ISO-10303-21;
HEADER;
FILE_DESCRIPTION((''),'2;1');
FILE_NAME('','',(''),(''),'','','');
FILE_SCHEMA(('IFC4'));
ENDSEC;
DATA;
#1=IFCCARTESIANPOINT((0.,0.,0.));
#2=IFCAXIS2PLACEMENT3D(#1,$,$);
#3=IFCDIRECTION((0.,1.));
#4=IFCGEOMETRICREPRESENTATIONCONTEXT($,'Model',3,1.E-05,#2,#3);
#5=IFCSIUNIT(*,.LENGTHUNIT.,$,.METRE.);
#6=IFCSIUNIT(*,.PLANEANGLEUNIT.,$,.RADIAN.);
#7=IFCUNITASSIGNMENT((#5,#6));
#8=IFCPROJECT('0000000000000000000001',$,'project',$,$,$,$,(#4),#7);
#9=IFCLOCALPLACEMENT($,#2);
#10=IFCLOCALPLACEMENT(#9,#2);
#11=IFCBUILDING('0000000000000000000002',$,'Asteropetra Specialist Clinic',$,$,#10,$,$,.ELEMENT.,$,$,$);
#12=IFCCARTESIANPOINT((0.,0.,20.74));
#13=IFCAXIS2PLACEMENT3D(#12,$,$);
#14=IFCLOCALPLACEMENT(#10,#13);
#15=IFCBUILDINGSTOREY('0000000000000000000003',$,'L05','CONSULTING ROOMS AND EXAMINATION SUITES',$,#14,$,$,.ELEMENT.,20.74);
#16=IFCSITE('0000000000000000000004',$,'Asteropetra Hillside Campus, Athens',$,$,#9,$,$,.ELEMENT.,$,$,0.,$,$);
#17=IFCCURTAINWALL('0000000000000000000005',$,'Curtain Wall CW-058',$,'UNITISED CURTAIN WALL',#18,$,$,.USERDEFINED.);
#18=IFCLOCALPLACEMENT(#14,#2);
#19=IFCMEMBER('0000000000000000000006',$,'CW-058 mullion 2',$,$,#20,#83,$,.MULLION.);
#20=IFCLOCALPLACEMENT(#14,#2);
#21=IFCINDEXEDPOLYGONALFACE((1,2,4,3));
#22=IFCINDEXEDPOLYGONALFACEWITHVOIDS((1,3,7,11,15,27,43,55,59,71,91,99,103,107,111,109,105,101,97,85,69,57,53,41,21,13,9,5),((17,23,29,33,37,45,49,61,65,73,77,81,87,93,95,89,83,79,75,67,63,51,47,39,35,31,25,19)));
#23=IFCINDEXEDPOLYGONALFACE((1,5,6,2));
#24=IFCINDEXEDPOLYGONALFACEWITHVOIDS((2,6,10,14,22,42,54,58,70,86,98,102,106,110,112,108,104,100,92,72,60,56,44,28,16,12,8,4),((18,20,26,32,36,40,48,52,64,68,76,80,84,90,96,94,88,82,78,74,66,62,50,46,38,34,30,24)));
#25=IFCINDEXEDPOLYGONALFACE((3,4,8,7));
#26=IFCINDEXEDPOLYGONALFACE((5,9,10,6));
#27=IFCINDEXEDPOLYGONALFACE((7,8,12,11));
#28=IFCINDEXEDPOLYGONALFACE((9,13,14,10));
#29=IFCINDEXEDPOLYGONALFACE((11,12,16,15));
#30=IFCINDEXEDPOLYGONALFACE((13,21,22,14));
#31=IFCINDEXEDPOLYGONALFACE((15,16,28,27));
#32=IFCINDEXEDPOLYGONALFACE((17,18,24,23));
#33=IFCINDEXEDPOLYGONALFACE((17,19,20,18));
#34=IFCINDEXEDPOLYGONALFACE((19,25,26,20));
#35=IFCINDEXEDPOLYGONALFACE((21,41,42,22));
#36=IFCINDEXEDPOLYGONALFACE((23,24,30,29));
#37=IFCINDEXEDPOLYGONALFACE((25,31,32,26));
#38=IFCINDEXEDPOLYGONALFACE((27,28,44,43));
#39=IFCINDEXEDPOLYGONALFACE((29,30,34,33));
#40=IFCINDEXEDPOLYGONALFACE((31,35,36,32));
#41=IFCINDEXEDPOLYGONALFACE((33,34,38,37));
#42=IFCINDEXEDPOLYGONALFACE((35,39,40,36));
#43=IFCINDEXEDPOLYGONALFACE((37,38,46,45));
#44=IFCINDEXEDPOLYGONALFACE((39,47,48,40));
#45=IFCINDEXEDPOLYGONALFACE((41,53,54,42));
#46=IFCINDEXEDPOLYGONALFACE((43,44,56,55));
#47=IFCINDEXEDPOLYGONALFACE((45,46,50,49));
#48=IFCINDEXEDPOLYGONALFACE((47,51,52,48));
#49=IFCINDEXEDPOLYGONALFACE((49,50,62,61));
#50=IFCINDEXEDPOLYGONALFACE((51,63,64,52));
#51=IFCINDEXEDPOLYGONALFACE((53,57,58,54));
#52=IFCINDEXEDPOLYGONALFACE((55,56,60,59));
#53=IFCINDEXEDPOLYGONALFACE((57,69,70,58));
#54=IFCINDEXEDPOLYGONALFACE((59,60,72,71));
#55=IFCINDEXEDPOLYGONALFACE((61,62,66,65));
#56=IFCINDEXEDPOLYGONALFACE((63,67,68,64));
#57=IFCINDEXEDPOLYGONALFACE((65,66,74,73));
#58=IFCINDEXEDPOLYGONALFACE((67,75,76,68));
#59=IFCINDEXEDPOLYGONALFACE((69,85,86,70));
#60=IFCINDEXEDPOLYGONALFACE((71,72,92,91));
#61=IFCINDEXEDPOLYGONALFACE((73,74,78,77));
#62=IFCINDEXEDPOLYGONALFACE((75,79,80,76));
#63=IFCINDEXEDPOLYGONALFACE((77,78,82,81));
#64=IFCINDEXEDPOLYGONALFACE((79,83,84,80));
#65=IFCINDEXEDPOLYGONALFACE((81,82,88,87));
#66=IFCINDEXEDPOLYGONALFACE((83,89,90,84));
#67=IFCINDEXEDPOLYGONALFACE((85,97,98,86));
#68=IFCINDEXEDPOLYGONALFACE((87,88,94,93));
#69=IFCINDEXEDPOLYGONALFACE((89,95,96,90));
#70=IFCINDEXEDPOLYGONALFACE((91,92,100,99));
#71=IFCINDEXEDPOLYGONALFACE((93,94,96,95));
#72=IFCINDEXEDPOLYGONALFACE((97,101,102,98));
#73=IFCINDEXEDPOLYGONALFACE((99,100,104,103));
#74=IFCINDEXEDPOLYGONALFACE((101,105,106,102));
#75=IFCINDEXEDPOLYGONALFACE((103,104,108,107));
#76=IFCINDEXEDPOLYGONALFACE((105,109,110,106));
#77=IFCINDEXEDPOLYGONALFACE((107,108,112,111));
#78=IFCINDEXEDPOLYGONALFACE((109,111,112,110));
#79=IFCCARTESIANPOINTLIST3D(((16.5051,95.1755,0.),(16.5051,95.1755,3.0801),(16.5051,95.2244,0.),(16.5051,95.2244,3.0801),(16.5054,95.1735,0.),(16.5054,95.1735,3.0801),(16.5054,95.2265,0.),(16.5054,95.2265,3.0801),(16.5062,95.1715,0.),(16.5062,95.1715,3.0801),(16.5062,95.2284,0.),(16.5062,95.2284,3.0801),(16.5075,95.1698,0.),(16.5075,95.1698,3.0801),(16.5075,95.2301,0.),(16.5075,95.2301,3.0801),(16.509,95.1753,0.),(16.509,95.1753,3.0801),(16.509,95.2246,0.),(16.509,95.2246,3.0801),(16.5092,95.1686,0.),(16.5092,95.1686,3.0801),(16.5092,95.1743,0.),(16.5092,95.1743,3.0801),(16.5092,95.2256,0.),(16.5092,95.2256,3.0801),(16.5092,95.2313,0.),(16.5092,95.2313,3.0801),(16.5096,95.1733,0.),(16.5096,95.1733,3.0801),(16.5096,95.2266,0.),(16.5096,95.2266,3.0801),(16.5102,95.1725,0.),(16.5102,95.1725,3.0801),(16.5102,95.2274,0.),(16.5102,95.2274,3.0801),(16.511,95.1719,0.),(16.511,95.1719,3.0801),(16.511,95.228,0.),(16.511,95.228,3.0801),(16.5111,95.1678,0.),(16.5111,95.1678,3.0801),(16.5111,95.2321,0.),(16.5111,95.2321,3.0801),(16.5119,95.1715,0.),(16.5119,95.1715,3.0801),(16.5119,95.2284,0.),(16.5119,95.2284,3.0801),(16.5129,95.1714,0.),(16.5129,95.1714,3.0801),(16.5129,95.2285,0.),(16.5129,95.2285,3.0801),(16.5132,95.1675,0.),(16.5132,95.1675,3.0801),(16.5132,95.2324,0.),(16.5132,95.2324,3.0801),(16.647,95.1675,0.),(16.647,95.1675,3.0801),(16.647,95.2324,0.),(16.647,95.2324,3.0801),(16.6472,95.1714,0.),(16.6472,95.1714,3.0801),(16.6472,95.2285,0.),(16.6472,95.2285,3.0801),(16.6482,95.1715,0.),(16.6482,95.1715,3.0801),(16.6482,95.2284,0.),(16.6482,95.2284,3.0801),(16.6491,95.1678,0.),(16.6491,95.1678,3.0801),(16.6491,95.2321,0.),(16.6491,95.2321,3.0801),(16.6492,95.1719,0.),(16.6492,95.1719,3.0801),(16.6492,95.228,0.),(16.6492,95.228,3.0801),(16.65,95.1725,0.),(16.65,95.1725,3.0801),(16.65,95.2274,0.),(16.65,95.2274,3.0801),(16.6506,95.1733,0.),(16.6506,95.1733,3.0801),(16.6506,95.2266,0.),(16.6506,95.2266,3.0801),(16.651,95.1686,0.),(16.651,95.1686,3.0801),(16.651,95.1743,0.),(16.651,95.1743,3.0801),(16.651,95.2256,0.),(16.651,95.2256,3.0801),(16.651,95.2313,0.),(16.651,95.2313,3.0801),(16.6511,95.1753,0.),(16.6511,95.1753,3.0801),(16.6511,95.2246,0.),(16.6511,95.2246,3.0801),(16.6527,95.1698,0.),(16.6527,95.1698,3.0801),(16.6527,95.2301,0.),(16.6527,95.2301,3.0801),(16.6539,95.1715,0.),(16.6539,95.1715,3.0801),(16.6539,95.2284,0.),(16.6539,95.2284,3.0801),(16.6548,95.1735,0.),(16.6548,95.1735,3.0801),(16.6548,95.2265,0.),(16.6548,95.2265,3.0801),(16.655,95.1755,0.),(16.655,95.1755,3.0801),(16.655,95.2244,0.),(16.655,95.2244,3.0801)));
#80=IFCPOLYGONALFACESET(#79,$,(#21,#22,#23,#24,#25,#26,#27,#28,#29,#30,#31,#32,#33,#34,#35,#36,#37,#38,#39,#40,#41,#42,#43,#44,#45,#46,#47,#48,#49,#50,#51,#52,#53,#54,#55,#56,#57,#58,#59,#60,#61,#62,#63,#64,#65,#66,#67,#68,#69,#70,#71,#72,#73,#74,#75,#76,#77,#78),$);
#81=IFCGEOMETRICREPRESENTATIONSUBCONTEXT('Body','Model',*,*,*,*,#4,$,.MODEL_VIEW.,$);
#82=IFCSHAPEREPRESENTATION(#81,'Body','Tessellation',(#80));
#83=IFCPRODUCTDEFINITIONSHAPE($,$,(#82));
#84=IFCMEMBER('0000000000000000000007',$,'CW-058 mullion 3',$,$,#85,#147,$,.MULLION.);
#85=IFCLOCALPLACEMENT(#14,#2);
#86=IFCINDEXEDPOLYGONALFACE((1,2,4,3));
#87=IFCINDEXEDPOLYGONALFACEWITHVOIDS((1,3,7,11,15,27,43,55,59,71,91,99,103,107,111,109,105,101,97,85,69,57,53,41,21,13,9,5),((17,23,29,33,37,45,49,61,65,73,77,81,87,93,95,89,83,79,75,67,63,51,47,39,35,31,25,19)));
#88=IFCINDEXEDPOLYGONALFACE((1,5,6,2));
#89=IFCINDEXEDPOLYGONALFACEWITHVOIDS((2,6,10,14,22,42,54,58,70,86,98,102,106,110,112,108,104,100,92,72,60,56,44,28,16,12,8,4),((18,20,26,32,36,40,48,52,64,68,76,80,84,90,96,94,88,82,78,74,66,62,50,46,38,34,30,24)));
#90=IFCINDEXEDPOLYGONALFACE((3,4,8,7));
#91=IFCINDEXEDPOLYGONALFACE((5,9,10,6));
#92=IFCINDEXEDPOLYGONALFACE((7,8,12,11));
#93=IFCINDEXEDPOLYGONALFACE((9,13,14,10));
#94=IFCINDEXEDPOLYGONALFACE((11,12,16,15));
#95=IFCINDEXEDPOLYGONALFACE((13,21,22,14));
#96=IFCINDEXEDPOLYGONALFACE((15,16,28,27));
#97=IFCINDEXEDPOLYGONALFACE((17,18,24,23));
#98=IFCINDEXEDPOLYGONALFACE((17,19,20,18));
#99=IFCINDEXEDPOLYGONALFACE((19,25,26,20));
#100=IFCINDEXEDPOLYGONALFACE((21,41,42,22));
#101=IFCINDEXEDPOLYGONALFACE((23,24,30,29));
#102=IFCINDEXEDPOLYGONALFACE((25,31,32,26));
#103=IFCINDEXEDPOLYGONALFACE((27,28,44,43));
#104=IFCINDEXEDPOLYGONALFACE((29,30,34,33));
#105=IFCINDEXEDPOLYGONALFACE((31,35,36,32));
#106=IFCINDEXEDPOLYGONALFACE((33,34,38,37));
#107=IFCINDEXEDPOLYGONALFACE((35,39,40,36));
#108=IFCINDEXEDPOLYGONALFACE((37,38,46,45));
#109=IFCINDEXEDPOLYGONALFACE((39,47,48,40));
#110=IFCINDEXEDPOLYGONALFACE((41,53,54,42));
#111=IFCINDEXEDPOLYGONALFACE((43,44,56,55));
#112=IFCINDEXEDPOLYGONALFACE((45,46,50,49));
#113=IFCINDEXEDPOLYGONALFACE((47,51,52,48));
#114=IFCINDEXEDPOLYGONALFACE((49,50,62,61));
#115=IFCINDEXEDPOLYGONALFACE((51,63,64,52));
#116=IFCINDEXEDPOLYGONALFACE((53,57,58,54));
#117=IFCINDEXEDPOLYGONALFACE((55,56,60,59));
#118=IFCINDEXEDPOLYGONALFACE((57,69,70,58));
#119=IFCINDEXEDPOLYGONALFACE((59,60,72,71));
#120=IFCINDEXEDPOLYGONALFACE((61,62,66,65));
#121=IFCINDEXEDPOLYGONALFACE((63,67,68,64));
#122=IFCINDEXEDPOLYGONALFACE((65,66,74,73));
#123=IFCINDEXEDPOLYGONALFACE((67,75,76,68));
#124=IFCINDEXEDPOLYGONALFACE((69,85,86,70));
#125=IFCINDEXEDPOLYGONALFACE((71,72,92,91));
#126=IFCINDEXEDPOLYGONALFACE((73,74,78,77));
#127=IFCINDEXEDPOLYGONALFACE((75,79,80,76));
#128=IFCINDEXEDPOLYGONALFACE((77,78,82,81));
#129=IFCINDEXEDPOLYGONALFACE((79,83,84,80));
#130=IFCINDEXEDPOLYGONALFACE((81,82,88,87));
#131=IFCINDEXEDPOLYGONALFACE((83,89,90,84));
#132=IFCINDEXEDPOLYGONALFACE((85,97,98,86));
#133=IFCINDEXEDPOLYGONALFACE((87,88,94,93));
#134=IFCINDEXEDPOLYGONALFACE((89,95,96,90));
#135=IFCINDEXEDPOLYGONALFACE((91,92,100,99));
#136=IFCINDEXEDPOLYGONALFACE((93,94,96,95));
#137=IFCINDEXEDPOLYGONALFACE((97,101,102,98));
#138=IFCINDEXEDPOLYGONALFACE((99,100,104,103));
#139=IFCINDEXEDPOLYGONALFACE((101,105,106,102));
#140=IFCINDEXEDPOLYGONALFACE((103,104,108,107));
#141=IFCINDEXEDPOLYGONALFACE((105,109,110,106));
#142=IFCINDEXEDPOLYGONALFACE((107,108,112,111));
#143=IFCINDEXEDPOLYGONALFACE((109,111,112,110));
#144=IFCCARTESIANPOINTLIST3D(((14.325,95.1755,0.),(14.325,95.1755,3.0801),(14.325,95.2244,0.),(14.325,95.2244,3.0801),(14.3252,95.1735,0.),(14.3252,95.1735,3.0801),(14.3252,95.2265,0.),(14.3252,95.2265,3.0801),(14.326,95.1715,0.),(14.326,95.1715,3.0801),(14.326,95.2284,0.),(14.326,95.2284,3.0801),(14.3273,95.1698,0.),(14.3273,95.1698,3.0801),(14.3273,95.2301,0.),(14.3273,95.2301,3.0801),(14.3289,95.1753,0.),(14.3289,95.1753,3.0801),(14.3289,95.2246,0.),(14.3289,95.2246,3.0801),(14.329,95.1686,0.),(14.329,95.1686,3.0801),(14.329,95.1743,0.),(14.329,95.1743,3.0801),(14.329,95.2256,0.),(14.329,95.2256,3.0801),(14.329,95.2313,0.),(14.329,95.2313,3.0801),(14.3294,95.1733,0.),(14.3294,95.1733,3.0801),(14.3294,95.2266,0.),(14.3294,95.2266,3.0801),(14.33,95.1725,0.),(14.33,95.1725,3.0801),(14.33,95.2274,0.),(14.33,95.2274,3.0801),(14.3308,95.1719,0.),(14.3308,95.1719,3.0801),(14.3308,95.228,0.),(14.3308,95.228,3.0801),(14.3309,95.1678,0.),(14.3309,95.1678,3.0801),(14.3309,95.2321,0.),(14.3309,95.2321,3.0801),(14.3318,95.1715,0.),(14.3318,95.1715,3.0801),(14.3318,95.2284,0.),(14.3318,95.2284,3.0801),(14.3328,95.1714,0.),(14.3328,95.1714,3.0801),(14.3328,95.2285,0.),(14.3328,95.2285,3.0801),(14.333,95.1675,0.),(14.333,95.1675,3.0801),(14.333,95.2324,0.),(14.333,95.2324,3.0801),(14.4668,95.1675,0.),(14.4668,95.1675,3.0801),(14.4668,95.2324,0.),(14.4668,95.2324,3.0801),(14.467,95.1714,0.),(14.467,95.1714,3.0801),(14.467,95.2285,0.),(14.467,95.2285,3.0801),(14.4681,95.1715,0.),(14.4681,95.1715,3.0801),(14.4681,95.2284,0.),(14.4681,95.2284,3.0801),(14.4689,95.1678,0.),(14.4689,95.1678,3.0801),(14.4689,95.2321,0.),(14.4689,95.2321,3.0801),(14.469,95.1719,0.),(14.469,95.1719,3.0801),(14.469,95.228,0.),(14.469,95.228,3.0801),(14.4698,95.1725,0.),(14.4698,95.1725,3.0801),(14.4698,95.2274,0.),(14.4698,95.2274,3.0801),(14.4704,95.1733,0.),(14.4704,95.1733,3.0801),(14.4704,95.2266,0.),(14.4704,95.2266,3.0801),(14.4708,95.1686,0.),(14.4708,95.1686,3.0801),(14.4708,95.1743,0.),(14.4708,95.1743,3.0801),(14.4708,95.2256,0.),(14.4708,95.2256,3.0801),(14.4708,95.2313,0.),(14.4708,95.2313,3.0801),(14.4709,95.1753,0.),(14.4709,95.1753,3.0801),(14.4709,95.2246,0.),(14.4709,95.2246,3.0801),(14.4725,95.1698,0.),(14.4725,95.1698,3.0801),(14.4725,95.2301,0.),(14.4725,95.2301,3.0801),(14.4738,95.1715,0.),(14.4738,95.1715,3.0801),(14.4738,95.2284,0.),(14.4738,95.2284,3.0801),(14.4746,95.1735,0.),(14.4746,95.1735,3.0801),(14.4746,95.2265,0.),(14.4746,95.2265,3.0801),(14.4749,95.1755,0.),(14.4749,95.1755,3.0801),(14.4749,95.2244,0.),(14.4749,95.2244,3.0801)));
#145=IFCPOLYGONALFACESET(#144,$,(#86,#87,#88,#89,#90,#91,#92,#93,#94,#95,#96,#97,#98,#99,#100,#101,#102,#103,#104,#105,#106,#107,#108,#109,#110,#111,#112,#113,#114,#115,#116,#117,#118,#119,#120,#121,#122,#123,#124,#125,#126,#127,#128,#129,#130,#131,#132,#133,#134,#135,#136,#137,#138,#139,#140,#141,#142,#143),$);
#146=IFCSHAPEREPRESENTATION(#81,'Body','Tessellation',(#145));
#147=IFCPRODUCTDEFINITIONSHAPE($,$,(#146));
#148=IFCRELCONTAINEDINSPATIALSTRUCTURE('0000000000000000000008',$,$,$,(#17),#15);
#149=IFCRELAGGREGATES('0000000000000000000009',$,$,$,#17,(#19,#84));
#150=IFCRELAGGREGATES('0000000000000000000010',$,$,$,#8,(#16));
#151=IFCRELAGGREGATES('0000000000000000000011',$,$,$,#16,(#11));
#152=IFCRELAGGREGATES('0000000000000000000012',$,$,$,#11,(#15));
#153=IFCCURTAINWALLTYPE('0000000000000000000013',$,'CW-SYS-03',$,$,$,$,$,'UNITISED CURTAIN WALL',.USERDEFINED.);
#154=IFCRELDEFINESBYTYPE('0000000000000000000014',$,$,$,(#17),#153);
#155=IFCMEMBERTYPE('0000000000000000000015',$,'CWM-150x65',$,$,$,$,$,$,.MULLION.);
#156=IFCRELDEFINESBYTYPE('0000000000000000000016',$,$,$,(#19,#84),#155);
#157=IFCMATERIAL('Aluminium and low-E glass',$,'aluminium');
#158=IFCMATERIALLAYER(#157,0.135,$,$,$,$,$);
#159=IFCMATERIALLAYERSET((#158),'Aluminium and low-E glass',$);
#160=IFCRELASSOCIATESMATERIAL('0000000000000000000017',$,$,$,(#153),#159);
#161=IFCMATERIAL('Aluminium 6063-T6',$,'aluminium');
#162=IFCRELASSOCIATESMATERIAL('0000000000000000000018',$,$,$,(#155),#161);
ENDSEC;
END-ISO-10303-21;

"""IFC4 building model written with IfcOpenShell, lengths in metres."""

from ifc_helpers import new_model, si_unit, direction, frame, origin, origin_2d, place, context, subcontext, project, spatial, hollow_rectangle, extrude, material, layer, layer_set, material_profile, profile_set, type_object, element, aggregate, save


model = new_model("IFC4")

# Units and contexts
model_context = context("Model", 3, precision=1e-05, world=origin(), true_north=direction((0.0, 1.0)))
body_context = subcontext(model_context, "Body", "Model", "MODEL_VIEW")
ifc_project = project(units=[si_unit("LENGTHUNIT", "METRE"), si_unit("PLANEANGLEUNIT", "RADIAN")], contexts=[model_context])

# Site, building, storey
site_placement = place(None, origin())
site = spatial("IfcSite", under=ifc_project, at=site_placement, Name="Asteropetra Hillside Campus, Athens", CompositionType="ELEMENT", RefElevation=0.0)
building_placement = place(site_placement, origin())
building = spatial("IfcBuilding", under=site, at=building_placement, Name="Asteropetra Specialist Clinic", CompositionType="ELEMENT")
storey_placement = place(building_placement, frame((0.0, 0.0, 20.74)))
storey = spatial("IfcBuildingStorey", under=building, at=storey_placement, Name="L05", Description="CONSULTING ROOMS AND EXAMINATION SUITES", CompositionType="ELEMENT", Elevation=20.74)

# Curtain wall, members
ifc_material_1 = material(Name="Aluminium and low-E glass", Category="aluminium")
ifc_layer_1 = layer(ifc_material_1, 0.135)
ifc_layer_set_1 = layer_set([ifc_layer_1], Name="Aluminium and low-E glass")
curtain_wall_type = type_object("IfcCurtainWallType", Name="CW-SYS-03", ElementType="UNITISED CURTAIN WALL", PredefinedType="USERDEFINED", material=ifc_layer_set_1)
curtain_wall_placement = place(storey_placement, origin())
curtain_wall = element("IfcCurtainWall", 1, at=curtain_wall_placement, inside=storey, type_object=curtain_wall_type, Name="Curtain Wall CW-058", ObjectType="UNITISED CURTAIN WALL", PredefinedType="USERDEFINED")
ifc_material_2 = material(Name="Aluminium 6063-T6", Category="aluminium")
ifc_material_profile_1 = material_profile(ifc_material_2, hollow_rectangle(XDim=0.0649, YDim=0.1499, WallThickness=0.0039, InnerFilletRadius=0.0039, OuterFilletRadius=0.0081, at=origin_2d()), Name="MUL 150x65x4.0")
ifc_profile_set_1 = profile_set([ifc_material_profile_1], Name="Aluminium 6063-T6")
member_type_1 = type_object("IfcMemberType", Name="CWM-150x65", PredefinedType="MULLION", material=ifc_profile_set_1)
member_1_placement = place(storey_placement, frame((16.5801, 95.2, 0.0), z_axis=(0.0, 0.0, 1.0), x_axis=(0.0, -1.0, 0.0)))
member_1 = element("IfcMember", 2, at=member_1_placement, type_object=member_type_1, Name="CW-058 mullion 2", PredefinedType="MULLION", context=body_context, shape_type="SweptSolid", body=[
    extrude(hollow_rectangle(XDim=0.0649, YDim=0.1499, WallThickness=0.0039, InnerFilletRadius=0.0039, OuterFilletRadius=0.0081, at=origin_2d()), origin(), (0.0, 0.0, 1.0), 3.0801),
])
member_2_placement = place(storey_placement, frame((14.3999, 95.2, 0.0), z_axis=(0.0, 0.0, 1.0), x_axis=(0.0, -1.0, 0.0)))
member_2 = element("IfcMember", 3, at=member_2_placement, type_object=member_type_1, Name="CW-058 mullion 3", PredefinedType="MULLION", context=body_context, shape_type="SweptSolid", body=[
    extrude(hollow_rectangle(XDim=0.0649, YDim=0.1499, WallThickness=0.0039, InnerFilletRadius=0.0039, OuterFilletRadius=0.0081, at=origin_2d()), origin(), (0.0, 0.0, 1.0), 3.0801),
])
aggregate(curtain_wall, [member_1, member_2])

save(model, "model.ifc")
